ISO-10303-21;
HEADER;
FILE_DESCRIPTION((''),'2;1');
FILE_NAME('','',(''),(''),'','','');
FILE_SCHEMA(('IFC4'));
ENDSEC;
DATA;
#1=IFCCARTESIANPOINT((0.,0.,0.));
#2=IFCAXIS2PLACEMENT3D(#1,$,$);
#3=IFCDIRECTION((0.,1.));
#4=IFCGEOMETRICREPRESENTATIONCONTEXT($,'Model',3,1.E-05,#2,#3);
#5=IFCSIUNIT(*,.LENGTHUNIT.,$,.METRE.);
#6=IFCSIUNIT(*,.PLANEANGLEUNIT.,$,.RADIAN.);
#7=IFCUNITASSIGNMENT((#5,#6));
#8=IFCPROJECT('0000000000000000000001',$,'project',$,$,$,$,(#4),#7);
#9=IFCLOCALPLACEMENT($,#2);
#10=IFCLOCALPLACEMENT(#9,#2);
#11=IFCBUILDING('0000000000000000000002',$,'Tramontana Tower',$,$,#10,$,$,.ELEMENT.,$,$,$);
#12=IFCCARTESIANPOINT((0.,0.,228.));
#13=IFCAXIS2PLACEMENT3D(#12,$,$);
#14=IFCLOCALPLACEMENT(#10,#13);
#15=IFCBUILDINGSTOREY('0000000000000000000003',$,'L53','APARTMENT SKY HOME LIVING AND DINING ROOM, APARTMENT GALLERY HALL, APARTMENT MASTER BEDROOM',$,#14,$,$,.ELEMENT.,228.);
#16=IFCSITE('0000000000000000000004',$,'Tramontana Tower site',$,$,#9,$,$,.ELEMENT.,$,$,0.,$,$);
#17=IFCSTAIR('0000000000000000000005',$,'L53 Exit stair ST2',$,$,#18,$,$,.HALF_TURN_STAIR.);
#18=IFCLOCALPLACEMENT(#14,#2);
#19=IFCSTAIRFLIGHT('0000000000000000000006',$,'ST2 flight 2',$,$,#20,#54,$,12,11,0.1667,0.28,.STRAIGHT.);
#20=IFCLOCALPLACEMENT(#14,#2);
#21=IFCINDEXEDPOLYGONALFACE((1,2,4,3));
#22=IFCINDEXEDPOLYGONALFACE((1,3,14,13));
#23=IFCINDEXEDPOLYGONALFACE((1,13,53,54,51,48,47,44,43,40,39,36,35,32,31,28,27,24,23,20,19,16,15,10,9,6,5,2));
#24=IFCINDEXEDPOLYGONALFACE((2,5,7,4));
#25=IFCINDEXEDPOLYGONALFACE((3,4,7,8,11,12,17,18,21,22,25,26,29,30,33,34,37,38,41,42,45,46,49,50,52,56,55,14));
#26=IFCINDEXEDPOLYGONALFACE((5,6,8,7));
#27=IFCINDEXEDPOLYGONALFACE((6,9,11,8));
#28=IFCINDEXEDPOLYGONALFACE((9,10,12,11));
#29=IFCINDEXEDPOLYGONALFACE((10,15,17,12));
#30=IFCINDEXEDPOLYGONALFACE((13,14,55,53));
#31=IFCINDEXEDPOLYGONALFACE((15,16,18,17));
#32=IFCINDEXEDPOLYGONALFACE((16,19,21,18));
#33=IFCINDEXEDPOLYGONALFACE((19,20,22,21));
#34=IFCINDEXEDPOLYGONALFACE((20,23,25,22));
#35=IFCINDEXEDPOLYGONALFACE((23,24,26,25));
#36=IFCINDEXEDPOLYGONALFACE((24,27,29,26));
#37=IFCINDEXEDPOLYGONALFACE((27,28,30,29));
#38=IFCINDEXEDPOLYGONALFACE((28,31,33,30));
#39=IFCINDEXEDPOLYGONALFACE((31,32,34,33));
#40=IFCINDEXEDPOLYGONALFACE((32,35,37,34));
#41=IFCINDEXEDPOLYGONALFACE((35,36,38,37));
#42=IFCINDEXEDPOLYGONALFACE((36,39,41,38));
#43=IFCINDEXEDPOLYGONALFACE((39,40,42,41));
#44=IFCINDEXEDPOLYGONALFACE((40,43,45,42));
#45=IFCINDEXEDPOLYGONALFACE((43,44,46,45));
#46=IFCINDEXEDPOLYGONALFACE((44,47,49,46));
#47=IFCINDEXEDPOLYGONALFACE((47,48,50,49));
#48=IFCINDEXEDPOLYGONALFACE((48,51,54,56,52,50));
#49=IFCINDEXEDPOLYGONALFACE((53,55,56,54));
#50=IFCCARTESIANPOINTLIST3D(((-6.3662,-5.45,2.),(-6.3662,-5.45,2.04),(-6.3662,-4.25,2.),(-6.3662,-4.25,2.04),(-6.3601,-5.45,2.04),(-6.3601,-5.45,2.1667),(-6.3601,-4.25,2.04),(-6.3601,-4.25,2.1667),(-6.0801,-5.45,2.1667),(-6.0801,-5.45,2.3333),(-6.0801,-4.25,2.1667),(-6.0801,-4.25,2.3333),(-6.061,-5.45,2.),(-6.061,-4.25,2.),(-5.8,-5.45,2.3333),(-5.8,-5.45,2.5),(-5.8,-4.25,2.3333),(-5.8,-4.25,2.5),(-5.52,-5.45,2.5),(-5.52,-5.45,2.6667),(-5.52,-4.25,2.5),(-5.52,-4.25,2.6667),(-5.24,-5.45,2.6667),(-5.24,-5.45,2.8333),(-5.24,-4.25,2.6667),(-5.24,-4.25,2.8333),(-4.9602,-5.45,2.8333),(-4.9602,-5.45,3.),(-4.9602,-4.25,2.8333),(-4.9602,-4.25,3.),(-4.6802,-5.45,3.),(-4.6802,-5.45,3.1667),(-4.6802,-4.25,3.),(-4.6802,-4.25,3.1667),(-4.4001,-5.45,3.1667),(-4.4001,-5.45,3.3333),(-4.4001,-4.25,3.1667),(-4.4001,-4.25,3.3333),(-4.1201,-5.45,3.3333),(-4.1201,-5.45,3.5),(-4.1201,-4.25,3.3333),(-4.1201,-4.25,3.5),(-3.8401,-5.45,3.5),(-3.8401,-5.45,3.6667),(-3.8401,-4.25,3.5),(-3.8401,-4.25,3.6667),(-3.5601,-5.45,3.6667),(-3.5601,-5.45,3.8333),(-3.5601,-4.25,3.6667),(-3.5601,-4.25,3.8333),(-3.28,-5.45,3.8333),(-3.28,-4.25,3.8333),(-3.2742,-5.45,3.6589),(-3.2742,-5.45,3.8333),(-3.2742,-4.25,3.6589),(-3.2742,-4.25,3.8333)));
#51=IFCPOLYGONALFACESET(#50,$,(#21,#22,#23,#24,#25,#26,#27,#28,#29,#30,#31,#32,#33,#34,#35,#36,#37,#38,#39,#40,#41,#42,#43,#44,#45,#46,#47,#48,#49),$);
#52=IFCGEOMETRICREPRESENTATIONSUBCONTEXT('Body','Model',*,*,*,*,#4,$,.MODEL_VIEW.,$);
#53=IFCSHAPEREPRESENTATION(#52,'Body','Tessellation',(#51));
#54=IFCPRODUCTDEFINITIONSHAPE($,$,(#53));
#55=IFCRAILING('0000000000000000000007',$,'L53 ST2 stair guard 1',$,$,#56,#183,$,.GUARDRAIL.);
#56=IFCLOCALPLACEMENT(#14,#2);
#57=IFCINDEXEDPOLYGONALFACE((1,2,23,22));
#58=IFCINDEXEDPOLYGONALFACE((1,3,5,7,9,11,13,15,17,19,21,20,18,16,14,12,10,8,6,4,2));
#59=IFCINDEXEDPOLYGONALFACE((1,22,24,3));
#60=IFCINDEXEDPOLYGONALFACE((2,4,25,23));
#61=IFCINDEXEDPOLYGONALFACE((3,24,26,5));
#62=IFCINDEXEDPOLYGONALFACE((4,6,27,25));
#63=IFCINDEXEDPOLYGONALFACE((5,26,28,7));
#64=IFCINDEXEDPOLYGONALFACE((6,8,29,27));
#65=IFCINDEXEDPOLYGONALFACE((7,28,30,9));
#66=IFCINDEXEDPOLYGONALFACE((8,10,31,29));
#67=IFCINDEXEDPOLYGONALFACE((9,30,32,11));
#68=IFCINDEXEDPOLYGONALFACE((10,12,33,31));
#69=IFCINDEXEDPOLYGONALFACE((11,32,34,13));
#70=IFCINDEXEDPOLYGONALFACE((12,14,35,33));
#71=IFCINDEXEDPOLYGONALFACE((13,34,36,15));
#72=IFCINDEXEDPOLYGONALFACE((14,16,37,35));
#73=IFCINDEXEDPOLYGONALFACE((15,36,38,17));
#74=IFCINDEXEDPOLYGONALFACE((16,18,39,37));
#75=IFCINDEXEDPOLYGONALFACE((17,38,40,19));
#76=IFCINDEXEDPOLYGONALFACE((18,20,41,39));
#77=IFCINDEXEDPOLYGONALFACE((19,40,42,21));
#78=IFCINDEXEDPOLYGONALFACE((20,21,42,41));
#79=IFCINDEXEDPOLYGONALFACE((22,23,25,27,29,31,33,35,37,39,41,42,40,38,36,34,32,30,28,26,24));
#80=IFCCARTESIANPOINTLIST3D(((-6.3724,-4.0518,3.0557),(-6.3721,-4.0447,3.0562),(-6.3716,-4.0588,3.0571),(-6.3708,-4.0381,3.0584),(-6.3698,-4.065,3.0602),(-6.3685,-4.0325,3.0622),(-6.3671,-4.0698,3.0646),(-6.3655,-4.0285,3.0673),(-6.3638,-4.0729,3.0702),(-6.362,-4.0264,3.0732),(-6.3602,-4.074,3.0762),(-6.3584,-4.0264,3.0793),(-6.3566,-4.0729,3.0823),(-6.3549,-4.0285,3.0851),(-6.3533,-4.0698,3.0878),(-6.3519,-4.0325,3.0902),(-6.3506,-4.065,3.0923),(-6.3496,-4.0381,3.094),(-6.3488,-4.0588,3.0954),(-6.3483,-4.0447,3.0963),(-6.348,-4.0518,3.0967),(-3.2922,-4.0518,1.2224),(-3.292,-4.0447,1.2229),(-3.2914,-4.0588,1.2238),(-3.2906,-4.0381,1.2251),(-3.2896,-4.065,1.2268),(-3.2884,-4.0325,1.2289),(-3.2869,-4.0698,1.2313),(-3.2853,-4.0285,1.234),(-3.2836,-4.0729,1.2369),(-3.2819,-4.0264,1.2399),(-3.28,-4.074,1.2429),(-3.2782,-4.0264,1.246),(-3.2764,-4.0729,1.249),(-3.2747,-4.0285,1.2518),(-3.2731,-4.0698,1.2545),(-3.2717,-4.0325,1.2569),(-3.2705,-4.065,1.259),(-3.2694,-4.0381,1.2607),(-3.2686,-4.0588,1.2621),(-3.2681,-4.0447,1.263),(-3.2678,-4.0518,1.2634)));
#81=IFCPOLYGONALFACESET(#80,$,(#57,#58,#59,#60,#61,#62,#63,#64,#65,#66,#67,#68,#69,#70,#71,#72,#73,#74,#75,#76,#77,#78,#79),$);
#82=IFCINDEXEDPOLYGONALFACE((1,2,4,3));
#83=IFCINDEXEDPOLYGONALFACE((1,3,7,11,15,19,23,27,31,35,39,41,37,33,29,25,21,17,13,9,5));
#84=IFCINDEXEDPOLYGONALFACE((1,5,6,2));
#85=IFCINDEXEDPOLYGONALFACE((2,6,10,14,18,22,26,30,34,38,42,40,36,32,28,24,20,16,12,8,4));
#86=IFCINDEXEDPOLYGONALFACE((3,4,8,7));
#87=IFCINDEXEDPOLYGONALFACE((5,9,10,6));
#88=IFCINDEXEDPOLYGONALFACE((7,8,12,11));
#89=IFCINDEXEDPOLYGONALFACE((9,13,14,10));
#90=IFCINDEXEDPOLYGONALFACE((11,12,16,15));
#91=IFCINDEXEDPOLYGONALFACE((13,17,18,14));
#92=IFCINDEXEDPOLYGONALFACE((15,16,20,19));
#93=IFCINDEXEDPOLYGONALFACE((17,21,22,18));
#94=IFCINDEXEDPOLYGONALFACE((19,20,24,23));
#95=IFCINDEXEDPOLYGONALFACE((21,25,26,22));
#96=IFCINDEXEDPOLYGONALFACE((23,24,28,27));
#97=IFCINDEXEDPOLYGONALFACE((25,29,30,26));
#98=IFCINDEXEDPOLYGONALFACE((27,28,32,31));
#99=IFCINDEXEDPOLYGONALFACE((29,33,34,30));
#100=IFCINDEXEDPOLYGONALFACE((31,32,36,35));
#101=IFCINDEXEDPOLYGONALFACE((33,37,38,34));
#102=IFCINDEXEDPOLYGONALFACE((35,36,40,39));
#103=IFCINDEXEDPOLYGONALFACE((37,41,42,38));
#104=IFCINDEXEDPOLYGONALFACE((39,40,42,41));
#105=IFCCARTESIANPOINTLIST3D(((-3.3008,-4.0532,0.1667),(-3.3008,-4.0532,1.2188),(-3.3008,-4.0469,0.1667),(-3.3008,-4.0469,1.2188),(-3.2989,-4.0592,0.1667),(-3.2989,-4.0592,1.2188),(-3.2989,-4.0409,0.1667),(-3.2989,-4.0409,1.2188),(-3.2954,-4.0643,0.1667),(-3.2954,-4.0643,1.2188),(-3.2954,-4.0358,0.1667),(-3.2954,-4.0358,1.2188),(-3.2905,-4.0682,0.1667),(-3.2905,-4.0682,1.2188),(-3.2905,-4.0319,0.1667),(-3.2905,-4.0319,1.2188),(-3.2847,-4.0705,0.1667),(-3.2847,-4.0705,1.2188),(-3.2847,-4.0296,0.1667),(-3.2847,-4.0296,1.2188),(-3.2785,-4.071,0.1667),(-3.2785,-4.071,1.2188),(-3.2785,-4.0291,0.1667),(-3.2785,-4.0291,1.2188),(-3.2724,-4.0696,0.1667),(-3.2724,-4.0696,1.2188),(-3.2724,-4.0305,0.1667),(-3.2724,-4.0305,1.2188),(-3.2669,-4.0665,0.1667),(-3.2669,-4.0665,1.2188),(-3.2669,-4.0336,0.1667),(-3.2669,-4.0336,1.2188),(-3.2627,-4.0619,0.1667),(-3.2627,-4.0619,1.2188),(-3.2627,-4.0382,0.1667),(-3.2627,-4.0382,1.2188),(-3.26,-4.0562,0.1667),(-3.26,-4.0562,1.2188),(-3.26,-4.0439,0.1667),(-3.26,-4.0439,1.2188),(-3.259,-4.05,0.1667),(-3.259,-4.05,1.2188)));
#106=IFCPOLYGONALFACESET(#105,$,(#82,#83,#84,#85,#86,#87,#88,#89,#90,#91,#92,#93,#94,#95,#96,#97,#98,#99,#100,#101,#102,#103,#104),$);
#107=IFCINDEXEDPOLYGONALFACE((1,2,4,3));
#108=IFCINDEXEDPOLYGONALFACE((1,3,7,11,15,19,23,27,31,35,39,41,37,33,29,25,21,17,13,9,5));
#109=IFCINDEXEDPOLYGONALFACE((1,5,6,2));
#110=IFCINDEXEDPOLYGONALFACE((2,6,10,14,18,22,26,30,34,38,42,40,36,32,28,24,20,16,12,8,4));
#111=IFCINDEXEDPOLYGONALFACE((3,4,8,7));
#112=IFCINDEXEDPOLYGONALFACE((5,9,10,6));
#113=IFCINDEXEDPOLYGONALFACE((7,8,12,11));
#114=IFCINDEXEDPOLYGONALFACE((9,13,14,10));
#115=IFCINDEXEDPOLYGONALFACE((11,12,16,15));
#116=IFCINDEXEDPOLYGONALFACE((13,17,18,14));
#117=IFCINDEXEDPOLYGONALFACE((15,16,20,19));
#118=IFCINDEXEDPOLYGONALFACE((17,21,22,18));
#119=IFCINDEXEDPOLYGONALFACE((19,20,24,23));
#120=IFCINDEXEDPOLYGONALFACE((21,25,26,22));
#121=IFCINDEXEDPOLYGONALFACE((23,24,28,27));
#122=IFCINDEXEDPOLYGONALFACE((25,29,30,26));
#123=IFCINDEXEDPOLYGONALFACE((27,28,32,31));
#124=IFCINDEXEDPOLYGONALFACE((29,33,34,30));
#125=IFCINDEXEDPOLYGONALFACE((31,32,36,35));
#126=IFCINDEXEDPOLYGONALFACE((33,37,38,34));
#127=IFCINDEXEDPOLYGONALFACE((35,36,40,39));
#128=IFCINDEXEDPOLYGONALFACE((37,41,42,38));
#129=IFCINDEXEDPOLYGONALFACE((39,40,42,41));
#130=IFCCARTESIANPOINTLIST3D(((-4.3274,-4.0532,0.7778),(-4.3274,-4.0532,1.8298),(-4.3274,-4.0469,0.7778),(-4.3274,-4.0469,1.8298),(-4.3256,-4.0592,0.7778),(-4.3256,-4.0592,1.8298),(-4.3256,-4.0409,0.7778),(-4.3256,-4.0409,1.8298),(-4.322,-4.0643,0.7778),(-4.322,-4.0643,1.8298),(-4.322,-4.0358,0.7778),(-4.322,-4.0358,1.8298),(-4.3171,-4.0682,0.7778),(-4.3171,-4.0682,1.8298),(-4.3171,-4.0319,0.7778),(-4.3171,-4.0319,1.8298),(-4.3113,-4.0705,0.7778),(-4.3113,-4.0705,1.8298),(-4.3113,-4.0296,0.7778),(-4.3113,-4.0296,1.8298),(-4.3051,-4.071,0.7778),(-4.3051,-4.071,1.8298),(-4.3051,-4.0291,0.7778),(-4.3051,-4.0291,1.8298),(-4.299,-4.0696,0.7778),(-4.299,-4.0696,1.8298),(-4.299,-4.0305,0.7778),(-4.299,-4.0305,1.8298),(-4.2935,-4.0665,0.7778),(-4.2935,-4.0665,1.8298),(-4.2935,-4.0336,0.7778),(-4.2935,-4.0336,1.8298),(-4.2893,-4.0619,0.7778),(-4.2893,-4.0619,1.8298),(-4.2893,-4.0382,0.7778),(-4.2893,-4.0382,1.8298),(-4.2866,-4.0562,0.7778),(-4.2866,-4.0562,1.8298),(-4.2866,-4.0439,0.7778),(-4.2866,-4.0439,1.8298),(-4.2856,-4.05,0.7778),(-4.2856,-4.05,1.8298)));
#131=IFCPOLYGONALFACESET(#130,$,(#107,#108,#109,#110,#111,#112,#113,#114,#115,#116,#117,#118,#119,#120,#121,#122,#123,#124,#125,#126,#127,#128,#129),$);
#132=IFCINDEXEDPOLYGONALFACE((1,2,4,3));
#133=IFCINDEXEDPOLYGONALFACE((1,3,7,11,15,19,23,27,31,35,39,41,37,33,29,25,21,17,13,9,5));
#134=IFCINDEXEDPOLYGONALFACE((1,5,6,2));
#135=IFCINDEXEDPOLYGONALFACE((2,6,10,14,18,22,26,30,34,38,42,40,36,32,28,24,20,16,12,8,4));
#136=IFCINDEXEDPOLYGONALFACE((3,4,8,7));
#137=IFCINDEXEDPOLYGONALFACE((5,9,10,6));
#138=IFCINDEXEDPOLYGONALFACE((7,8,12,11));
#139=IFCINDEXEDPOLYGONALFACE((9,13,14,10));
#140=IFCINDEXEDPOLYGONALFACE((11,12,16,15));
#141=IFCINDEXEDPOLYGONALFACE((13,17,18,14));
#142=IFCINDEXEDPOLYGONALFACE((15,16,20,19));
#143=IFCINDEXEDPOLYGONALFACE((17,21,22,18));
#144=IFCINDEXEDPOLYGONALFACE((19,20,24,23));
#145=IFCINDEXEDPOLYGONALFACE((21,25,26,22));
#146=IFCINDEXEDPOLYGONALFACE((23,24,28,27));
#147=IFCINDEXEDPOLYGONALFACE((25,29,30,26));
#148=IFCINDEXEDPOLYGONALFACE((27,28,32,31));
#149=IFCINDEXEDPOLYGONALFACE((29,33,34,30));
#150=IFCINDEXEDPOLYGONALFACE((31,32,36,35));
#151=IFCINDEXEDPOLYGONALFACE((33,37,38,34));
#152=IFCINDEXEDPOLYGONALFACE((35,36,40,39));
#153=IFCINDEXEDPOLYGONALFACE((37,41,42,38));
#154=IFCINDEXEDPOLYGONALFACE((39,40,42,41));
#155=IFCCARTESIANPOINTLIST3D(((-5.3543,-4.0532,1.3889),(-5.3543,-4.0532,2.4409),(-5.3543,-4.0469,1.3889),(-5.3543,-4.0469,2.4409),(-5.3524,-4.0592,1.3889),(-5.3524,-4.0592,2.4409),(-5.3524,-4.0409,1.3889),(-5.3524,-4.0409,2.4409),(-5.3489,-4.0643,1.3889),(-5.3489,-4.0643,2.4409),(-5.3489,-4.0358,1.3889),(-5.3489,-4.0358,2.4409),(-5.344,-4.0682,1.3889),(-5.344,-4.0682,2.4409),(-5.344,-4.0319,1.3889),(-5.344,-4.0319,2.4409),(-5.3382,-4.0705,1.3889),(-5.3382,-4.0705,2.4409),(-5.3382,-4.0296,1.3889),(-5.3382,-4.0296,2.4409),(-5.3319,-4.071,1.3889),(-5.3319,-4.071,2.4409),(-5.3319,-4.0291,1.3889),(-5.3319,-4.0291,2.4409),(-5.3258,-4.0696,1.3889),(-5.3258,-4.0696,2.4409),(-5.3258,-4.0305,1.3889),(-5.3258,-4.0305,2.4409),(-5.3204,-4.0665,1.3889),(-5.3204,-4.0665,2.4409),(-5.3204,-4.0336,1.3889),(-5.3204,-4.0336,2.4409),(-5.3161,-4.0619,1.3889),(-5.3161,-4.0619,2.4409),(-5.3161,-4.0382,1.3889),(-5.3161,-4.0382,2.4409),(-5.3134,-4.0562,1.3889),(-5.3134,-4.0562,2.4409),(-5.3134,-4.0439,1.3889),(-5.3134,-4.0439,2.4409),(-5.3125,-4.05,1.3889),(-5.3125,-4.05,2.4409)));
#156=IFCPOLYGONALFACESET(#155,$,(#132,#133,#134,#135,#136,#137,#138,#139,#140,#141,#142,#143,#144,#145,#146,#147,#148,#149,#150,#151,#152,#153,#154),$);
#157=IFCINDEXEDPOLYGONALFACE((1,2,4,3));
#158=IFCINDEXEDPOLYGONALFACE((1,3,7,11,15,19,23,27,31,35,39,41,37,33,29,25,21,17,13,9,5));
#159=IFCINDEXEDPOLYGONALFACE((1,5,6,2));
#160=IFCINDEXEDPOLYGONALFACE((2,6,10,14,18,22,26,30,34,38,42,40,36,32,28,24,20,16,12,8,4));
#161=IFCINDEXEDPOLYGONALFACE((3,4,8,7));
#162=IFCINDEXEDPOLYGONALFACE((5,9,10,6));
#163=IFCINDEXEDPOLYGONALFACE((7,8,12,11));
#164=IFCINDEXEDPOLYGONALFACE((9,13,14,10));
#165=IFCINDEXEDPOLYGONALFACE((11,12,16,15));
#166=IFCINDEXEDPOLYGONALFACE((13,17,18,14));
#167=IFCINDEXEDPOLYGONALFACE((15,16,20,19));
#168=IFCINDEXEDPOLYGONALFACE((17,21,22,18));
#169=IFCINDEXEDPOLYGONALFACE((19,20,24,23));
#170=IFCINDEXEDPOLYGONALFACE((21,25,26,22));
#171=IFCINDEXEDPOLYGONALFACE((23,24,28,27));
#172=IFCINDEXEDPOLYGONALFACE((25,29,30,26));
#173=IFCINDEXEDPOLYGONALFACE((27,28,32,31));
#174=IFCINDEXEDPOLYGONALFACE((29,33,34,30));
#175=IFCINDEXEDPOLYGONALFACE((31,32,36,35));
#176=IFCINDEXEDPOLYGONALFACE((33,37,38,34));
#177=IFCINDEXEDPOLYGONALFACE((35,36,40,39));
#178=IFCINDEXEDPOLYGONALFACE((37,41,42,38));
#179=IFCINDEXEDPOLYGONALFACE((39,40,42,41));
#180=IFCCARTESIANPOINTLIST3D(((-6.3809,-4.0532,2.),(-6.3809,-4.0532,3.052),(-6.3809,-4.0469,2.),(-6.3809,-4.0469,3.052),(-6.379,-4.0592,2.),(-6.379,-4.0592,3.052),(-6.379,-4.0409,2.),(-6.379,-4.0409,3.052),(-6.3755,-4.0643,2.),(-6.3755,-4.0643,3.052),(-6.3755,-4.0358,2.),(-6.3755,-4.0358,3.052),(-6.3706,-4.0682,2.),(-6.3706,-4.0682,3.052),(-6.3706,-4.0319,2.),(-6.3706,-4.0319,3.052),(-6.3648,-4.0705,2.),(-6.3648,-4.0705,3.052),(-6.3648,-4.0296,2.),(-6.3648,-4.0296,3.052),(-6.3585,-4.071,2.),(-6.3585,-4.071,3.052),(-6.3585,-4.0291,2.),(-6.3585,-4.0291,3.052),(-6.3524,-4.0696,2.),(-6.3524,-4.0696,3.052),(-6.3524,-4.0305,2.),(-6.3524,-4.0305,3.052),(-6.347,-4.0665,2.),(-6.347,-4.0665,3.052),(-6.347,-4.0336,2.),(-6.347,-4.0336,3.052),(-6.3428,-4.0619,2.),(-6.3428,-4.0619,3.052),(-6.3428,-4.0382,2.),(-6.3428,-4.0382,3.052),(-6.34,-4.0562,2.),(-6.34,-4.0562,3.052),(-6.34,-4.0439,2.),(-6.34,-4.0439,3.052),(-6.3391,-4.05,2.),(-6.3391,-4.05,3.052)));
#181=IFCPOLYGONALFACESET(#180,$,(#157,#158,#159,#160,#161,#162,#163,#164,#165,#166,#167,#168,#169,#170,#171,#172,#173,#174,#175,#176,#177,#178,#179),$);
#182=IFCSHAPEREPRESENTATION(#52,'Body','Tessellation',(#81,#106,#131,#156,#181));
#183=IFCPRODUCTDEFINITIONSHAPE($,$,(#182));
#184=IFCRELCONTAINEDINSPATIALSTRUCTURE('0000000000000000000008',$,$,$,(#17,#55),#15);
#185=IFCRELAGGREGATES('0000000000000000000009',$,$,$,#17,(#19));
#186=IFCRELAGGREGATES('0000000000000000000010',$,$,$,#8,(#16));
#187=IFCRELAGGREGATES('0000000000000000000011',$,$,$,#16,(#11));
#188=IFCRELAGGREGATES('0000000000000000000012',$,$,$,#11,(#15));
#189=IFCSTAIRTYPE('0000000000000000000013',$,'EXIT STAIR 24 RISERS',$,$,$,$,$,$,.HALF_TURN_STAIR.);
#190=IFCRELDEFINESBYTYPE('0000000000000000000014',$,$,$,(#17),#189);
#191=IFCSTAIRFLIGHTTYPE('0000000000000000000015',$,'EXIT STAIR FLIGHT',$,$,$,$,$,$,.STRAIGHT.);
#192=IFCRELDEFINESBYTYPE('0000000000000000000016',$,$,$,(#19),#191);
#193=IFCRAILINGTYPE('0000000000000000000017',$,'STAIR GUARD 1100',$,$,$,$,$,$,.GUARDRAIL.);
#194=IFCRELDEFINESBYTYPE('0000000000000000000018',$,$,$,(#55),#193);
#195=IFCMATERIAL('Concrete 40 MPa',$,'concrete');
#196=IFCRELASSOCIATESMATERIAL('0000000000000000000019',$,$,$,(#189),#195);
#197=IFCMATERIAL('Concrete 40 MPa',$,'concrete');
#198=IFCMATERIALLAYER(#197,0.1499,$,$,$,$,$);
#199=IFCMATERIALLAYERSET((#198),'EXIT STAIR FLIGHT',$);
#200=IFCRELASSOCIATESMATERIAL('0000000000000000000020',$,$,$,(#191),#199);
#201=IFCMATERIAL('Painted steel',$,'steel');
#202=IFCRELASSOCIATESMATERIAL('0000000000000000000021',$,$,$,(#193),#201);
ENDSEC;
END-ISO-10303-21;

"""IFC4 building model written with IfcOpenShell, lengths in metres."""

from ifc_helpers import new_model, si_unit, direction, frame, origin, origin_2d, place, context, subcontext, project, spatial, polyline, circle, outline, extrude, material, layer, layer_set, type_object, element, aggregate, save


model = new_model("IFC4")

# Units and contexts
model_context = context("Model", 3, precision=1e-05, world=origin(), true_north=direction((0.0, 1.0)))
body_context = subcontext(model_context, "Body", "Model", "MODEL_VIEW")
ifc_project = project(units=[si_unit("LENGTHUNIT", "METRE"), si_unit("PLANEANGLEUNIT", "RADIAN")], contexts=[model_context])

# Site, building, storey
site_placement = place(None, origin())
site = spatial("IfcSite", under=ifc_project, at=site_placement, Name="Tramontana Tower site", CompositionType="ELEMENT", RefElevation=0.0)
building_placement = place(site_placement, origin())
building = spatial("IfcBuilding", under=site, at=building_placement, Name="Tramontana Tower", CompositionType="ELEMENT")
storey_placement = place(building_placement, frame((0.0, 0.0, 228.0)))
storey = spatial("IfcBuildingStorey", under=building, at=storey_placement, Name="L53", Description="APARTMENT SKY HOME LIVING AND DINING ROOM, APARTMENT GALLERY HALL, APARTMENT MASTER BEDROOM", CompositionType="ELEMENT", Elevation=228.0)

# Stair, stair flight
ifc_material_1 = material(Name="Concrete 40 MPa", Category="concrete")
stair_type = type_object("IfcStairType", Name="EXIT STAIR 24 RISERS", PredefinedType="HALF_TURN_STAIR", material=ifc_material_1)
stair_placement = place(storey_placement, origin())
stair = element("IfcStair", 1, at=stair_placement, inside=storey, type_object=stair_type, Name="L53 Exit stair ST2", PredefinedType="HALF_TURN_STAIR")
ifc_material_2 = material(Name="Concrete 40 MPa", Category="concrete")
ifc_layer_1 = layer(ifc_material_2, 0.1499)
ifc_layer_set_1 = layer_set([ifc_layer_1], Name="EXIT STAIR FLIGHT")
stair_flight_type = type_object("IfcStairFlightType", Name="EXIT STAIR FLIGHT", PredefinedType="STRAIGHT", material=ifc_layer_set_1)
stair_flight_1_placement = place(storey_placement, frame((-6.3601, -4.8501, 2.0), z_axis=(0.0, 0.0, 1.0), x_axis=(1.0, 0.0, 0.0)))
stair_flight_1 = element("IfcStairFlight", 2, at=stair_flight_1_placement, type_object=stair_flight_type, Name="ST2 flight 2", NumberOfRisers=12, NumberOfTreads=11, PredefinedType="STRAIGHT", RiserHeight=0.1667, TreadLength=0.28, context=body_context, shape_type="SweptSolid", body=[
    extrude(outline(polyline([(-0.0061, 0.0), (-0.0061, 0.04), (0.0, 0.04), (0.0, 0.1667), (0.28, 0.1667), (0.28, 0.3333), (0.5601, 0.3333), (0.5601, 0.5), (0.8401, 0.5), (0.8401, 0.6667), (1.1201, 0.6667), (1.1201, 0.8333), (1.3999, 0.8333), (1.3999, 1.0), (1.6799, 1.0), (1.6799, 1.1667), (1.96, 1.1667), (1.96, 1.3333), (2.24, 1.3333), (2.24, 1.5), (2.52, 1.5), (2.52, 1.6667), (2.8, 1.6667), (2.8, 1.8333), (3.0801, 1.8333), (3.0859, 1.8333), (3.0859, 1.6589), (0.2991, 0.0), (-0.0061, 0.0)])), frame((0.0, 0.6001, 0.0), z_axis=(0.0, -1.0, 0.0), x_axis=(1.0, 0.0, 0.0)), (0.0, 0.0, 1.0), 1.2),
])
aggregate(stair, [stair_flight_1])

# Railing
ifc_material_3 = material(Name="Painted steel", Category="steel")
railing_type_1 = type_object("IfcRailingType", Name="STAIR GUARD 1100", PredefinedType="GUARDRAIL", material=ifc_material_3)
railing_1_placement = place(storey_placement, frame((-3.28, -4.05, 0.1667)))
element("IfcRailing", 3, at=railing_1_placement, inside=storey, type_object=railing_type_1, Name="L53 ST2 stair guard 1", PredefinedType="GUARDRAIL", context=body_context, shape_type="SweptSolid", body=[
    extrude(circle(Radius=0.0239, at=origin_2d()), frame((0.0, 0.0, 1.0762), z_axis=(-0.859309, 0.0, 0.511458), x_axis=(0.0, -1.0, 0.0)), (0.0, 0.0, 1.0), 3.5845),
    extrude(circle(Radius=0.021, at=origin_2d()), origin(), (0.0, 0.0, 1.0), 1.052),
    extrude(circle(Radius=0.021, at=origin_2d()), frame((-1.0266, 0.0, 0.6111)), (0.0, 0.0, 1.0), 1.052),
    extrude(circle(Radius=0.021, at=origin_2d()), frame((-2.0535, 0.0, 1.2222)), (0.0, 0.0, 1.0), 1.052),
    extrude(circle(Radius=0.021, at=origin_2d()), frame((-3.0801, 0.0, 1.8333)), (0.0, 0.0, 1.0), 1.052),
])

save(model, "model.ifc")
